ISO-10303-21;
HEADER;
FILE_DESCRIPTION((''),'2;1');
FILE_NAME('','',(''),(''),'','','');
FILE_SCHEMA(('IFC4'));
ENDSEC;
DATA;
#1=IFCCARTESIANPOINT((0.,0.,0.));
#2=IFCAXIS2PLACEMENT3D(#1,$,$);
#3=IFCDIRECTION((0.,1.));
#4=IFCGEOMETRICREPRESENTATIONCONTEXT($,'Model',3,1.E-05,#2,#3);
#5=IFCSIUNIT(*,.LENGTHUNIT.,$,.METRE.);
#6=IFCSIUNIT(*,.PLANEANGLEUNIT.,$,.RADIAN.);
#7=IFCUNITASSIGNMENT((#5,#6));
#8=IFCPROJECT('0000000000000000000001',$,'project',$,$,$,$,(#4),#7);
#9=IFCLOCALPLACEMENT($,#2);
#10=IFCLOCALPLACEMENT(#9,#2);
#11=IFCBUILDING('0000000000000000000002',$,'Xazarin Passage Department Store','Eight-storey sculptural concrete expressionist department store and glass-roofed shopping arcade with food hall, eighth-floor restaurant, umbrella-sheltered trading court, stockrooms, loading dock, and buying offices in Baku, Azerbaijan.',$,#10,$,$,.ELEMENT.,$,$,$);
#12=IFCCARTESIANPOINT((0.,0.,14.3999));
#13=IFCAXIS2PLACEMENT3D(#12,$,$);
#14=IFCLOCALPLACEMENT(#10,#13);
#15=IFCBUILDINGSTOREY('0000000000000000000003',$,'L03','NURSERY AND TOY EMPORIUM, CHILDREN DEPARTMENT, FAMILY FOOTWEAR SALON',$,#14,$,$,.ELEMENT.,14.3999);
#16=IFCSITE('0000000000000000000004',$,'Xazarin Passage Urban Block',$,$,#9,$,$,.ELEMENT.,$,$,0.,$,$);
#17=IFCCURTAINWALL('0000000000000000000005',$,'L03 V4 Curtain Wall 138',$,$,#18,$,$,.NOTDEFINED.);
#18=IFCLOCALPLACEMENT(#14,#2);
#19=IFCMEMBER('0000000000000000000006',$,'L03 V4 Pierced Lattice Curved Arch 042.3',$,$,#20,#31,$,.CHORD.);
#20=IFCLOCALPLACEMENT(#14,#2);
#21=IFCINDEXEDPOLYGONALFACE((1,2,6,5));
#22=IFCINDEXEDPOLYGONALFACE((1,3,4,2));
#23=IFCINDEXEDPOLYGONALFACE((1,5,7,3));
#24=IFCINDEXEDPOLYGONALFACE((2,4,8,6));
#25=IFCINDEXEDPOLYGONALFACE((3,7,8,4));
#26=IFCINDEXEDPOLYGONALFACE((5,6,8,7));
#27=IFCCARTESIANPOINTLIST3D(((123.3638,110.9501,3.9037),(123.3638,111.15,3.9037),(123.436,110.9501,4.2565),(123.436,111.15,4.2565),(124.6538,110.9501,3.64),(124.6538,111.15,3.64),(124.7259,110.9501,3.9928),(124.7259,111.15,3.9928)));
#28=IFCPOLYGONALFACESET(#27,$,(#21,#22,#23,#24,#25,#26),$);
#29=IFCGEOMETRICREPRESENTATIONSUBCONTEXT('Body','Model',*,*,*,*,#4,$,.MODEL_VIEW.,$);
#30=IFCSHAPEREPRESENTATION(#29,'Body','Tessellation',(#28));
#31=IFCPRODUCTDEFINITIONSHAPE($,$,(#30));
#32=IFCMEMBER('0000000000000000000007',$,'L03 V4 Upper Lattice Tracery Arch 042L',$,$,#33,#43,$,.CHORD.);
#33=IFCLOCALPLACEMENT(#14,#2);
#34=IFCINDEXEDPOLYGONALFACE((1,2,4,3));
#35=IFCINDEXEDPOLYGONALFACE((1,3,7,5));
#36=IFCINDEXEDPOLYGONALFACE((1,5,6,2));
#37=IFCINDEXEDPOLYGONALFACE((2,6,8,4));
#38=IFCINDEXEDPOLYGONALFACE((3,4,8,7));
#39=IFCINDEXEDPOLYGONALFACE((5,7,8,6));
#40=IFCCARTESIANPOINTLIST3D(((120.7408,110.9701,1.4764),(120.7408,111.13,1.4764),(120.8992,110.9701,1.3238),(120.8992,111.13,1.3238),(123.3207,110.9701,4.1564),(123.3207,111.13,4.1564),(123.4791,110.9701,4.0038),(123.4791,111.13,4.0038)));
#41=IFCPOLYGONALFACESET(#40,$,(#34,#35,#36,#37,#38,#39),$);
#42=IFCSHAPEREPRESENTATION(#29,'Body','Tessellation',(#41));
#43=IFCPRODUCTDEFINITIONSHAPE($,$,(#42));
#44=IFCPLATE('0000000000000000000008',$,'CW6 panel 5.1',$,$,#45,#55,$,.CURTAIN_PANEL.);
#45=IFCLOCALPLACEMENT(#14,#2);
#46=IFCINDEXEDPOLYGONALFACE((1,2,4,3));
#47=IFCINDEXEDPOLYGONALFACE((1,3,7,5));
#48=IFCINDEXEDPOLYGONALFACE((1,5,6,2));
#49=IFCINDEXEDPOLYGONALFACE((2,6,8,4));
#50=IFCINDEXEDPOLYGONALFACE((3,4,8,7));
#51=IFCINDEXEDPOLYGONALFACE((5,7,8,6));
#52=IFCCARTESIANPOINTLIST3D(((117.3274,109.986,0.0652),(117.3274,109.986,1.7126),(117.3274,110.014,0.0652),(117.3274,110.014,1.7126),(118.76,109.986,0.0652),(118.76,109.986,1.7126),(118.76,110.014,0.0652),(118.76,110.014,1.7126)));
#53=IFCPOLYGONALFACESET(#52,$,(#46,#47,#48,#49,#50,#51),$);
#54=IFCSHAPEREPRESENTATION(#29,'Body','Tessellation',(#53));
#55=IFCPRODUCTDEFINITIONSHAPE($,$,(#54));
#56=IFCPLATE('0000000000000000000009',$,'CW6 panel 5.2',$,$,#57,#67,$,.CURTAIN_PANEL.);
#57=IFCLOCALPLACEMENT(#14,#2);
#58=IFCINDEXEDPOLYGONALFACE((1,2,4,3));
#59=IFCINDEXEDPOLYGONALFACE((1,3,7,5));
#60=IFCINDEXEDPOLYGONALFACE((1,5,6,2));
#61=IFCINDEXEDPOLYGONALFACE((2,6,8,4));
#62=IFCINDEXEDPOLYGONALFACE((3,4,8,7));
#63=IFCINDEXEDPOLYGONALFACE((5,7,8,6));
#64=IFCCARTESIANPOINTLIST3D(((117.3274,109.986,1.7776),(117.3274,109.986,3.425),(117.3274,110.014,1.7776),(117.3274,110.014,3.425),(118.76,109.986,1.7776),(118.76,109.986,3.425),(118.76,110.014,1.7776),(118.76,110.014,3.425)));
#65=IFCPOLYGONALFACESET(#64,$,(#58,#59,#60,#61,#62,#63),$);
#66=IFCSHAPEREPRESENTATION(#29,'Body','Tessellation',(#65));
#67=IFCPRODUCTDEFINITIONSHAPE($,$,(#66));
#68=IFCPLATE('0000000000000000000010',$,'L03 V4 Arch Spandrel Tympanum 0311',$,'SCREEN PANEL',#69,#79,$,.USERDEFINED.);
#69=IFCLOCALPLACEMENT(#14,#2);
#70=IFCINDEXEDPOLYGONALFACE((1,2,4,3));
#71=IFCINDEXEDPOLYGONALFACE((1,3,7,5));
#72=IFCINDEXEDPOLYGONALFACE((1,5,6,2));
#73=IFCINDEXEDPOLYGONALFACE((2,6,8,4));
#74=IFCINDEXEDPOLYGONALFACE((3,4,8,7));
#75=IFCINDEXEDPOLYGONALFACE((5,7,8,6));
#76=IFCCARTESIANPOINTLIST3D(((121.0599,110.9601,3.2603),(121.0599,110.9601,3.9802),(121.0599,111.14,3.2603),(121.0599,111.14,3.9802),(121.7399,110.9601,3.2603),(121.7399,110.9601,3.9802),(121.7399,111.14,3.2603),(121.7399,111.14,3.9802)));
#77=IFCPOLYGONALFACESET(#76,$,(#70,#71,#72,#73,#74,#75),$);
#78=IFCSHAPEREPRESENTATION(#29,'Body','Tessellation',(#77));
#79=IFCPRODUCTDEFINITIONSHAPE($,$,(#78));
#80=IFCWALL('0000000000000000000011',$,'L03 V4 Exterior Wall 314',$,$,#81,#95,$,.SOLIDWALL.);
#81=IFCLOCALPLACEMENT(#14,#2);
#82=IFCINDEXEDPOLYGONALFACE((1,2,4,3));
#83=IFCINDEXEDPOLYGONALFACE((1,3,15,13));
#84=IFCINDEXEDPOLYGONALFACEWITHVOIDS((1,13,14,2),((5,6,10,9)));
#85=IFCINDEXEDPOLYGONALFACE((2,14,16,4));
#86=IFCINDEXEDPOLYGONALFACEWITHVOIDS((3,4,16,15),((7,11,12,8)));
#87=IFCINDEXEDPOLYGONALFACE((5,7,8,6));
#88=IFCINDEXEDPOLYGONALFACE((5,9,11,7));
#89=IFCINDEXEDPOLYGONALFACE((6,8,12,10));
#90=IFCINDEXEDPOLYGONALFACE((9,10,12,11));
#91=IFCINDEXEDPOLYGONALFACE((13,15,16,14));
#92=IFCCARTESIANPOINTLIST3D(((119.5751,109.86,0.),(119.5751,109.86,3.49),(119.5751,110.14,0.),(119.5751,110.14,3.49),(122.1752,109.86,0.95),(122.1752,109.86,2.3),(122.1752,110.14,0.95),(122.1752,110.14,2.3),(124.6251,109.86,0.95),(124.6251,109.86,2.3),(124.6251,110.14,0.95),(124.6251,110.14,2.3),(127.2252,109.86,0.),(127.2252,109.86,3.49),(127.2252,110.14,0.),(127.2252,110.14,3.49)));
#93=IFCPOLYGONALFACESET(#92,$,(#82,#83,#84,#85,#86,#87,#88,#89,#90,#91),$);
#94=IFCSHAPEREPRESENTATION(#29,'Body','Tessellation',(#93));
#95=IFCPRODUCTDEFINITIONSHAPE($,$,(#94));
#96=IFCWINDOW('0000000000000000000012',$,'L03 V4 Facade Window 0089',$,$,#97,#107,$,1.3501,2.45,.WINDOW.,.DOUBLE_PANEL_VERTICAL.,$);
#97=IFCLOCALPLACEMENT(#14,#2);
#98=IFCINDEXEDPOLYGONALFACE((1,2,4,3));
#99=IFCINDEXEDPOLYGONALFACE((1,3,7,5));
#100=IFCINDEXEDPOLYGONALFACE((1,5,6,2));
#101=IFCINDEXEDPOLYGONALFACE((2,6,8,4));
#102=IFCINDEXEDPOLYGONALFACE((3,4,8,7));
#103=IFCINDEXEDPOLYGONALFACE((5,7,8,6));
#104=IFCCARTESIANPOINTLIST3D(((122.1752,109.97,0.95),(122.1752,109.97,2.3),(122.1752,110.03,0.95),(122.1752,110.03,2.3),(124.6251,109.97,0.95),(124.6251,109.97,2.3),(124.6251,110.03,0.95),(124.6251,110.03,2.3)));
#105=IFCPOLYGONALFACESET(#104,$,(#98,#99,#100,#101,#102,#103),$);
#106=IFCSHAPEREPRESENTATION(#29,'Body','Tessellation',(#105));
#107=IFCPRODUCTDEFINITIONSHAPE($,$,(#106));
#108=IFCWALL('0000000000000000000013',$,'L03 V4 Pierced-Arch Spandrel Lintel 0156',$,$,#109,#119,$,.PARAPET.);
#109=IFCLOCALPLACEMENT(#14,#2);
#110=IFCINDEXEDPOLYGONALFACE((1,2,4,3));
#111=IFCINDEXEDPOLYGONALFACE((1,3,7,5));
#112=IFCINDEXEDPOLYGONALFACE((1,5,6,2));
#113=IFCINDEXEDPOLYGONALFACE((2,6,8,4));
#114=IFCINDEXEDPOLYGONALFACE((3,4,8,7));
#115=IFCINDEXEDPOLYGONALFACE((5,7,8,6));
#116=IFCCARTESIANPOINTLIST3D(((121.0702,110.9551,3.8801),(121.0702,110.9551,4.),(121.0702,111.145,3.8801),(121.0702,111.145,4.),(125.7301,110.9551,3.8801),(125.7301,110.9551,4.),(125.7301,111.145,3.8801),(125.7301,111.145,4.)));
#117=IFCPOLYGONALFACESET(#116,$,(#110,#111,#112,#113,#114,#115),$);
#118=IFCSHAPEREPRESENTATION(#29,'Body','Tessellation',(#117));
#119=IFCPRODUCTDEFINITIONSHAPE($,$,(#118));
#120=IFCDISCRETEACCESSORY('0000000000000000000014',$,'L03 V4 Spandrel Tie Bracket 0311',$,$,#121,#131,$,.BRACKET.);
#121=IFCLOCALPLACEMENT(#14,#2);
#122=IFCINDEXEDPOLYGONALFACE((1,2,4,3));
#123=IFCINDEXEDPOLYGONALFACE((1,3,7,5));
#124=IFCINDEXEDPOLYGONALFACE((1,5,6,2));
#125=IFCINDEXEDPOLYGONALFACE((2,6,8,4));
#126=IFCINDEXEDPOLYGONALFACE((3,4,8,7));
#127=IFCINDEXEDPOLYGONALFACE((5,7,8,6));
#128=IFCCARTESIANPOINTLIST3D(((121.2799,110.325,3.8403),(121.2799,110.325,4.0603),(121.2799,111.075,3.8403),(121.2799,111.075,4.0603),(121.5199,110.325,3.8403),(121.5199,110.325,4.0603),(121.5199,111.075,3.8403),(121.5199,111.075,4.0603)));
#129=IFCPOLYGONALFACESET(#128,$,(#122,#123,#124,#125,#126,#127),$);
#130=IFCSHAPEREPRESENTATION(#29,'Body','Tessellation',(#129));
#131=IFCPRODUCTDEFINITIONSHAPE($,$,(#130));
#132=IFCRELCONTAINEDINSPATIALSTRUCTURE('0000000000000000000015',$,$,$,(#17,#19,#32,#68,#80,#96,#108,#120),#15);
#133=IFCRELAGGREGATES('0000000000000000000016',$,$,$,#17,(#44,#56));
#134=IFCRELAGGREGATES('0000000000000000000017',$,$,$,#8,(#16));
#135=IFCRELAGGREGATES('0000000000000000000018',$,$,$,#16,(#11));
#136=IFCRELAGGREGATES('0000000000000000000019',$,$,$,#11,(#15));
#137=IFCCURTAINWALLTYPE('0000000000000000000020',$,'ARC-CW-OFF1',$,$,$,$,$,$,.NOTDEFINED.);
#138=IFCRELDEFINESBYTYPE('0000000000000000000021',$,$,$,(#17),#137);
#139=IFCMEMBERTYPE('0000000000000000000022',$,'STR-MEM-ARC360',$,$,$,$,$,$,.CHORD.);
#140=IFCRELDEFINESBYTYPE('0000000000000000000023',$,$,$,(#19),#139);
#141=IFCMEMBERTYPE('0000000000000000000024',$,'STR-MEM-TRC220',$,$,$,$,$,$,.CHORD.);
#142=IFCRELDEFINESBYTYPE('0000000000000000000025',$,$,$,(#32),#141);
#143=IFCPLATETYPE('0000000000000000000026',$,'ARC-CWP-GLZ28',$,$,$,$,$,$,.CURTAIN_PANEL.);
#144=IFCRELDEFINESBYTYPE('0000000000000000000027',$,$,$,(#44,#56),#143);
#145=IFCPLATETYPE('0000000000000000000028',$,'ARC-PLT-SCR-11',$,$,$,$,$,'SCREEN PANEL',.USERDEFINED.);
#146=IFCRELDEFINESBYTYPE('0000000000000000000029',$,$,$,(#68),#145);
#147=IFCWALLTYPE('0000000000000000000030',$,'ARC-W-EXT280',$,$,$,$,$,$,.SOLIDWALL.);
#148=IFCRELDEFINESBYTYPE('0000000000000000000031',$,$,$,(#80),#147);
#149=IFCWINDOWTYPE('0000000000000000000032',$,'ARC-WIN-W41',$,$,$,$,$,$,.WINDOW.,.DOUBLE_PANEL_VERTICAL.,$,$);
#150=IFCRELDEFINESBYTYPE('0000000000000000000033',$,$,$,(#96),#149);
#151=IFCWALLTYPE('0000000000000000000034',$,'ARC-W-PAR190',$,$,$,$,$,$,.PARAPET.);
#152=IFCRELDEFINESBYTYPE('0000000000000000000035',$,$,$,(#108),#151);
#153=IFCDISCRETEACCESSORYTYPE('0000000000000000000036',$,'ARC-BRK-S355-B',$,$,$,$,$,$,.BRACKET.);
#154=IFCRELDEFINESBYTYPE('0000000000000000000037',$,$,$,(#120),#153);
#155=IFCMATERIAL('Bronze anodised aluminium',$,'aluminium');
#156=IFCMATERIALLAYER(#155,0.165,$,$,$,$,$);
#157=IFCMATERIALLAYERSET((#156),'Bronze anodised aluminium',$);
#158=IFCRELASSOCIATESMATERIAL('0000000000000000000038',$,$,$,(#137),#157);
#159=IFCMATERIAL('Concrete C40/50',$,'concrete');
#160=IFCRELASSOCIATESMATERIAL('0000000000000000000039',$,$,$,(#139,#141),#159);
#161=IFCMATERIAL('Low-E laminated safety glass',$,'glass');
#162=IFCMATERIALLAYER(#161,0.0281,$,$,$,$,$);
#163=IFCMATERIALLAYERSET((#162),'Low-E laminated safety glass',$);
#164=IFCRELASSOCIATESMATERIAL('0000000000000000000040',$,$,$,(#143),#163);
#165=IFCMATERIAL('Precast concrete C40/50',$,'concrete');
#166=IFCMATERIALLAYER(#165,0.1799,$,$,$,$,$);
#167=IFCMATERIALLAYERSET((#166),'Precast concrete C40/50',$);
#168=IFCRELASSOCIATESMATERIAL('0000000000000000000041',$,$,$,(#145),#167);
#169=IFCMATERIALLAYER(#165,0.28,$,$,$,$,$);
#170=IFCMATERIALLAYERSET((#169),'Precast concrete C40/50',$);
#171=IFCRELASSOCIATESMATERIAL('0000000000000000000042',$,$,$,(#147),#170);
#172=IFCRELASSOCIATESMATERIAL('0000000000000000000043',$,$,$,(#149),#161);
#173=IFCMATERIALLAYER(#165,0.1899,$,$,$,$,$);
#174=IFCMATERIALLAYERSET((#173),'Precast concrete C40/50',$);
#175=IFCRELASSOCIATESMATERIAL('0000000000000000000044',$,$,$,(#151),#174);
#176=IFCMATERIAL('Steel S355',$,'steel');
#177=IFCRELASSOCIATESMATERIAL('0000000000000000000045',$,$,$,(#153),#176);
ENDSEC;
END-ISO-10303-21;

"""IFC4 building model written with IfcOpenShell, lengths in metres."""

from ifc_helpers import new_model, si_unit, direction, frame, frame_2d, origin, origin_2d, place, context, subcontext, project, spatial, rectangle, extrude, material, layer, layer_set, material_profile, profile_set, type_object, element, fill, aggregate, save


model = new_model("IFC4")

# Units and contexts
model_context = context("Model", 3, precision=1e-05, world=origin(), true_north=direction((0.0, 1.0)))
body_context = subcontext(model_context, "Body", "Model", "MODEL_VIEW")
ifc_project = project(units=[si_unit("LENGTHUNIT", "METRE"), si_unit("PLANEANGLEUNIT", "RADIAN")], contexts=[model_context])

# Site, building, storey
site_placement = place(None, origin())
site = spatial("IfcSite", under=ifc_project, at=site_placement, Name="Xazarin Passage Urban Block", CompositionType="ELEMENT", RefElevation=0.0)
building_placement = place(site_placement, origin())
building = spatial("IfcBuilding", under=site, at=building_placement, Name="Xazarin Passage Department Store", Description="Eight-storey sculptural concrete expressionist department store and glass-roofed shopping arcade with food hall, eighth-floor restaurant, umbrella-sheltered trading court, stockrooms, loading dock, and buying offices in Baku, Azerbaijan.", CompositionType="ELEMENT")
storey_placement = place(building_placement, frame((0.0, 0.0, 14.3999)))
storey = spatial("IfcBuildingStorey", under=building, at=storey_placement, Name="L03", Description="NURSERY AND TOY EMPORIUM, CHILDREN DEPARTMENT, FAMILY FOOTWEAR SALON", CompositionType="ELEMENT", Elevation=14.3999)

# Shared definitions
ifc_material_1 = material(Name="Concrete C40/50", Category="concrete")

# Curtain wall
ifc_material_2 = material(Name="Bronze anodised aluminium", Category="aluminium")
ifc_layer_1 = layer(ifc_material_2, 0.165)
ifc_layer_set_1 = layer_set([ifc_layer_1], Name="Bronze anodised aluminium")
curtain_wall_type = type_object("IfcCurtainWallType", Name="ARC-CW-OFF1", PredefinedType="NOTDEFINED", material=ifc_layer_set_1)
curtain_wall_placement = place(storey_placement, origin())
curtain_wall = element("IfcCurtainWall", 1, at=curtain_wall_placement, inside=storey, type_object=curtain_wall_type, Name="L03 V4 Curtain Wall 138", PredefinedType="NOTDEFINED")

# Members
ifc_material_profile_1 = material_profile(ifc_material_1, rectangle(XDim=0.2, YDim=0.3601, at=origin_2d()), Name="RC 200x360")
ifc_profile_set_1 = profile_set([ifc_material_profile_1], Name="Concrete C40/50")
member_type_1 = type_object("IfcMemberType", Name="STR-MEM-ARC360", PredefinedType="CHORD", material=ifc_profile_set_1)
member_1_placement = place(storey_placement, frame((123.3999, 111.05, 4.0801), z_axis=(0.979745, 0.0, -0.200251), x_axis=(0.0, 1.0, 0.0)))
element("IfcMember", 2, at=member_1_placement, inside=storey, type_object=member_type_1, Name="L03 V4 Pierced Lattice Curved Arch 042.3", PredefinedType="CHORD", context=body_context, shape_type="SweptSolid", body=[
    extrude(rectangle(XDim=0.2, YDim=0.3601, at=origin_2d()), origin(), (0.0, 0.0, 1.0), 1.3167),
])
ifc_material_profile_2 = material_profile(ifc_material_1, rectangle(XDim=0.1599, YDim=0.22, at=origin_2d()), Name="RC 160x220")
ifc_profile_set_2 = profile_set([ifc_material_profile_2], Name="Concrete C40/50")
member_type_2 = type_object("IfcMemberType", Name="STR-MEM-TRC220", PredefinedType="CHORD", material=ifc_profile_set_2)
member_2_placement = place(storey_placement, frame((123.3999, 111.05, 4.0801), z_axis=(-0.693524, 0.0, -0.720433), x_axis=(0.0, -1.0, 0.0)))
element("IfcMember", 3, at=member_2_placement, inside=storey, type_object=member_type_2, Name="L03 V4 Upper Lattice Tracery Arch 042L", PredefinedType="CHORD", context=body_context, shape_type="SweptSolid", body=[
    extrude(rectangle(XDim=0.1599, YDim=0.22, at=origin_2d()), origin(), (0.0, 0.0, 1.0), 3.72),
])

# Plates
ifc_material_3 = material(Name="Low-E laminated safety glass", Category="glass")
ifc_layer_2 = layer(ifc_material_3, 0.0281)
ifc_layer_set_2 = layer_set([ifc_layer_2], Name="Low-E laminated safety glass")
plate_type_1 = type_object("IfcPlateType", Name="ARC-CWP-GLZ28", PredefinedType="CURTAIN_PANEL", material=ifc_layer_set_2)
plate_1_placement = place(storey_placement, frame((118.0437, 110.0, 0.0652), z_axis=(0.0, 0.0, 1.0), x_axis=(1.0, 0.0, 0.0)))
plate_1 = element("IfcPlate", 4, at=plate_1_placement, type_object=plate_type_1, Name="CW6 panel 5.1", PredefinedType="CURTAIN_PANEL", context=body_context, shape_type="SweptSolid", body=[
    extrude(rectangle(XDim=1.4326, YDim=0.0281, at=origin_2d()), origin(), (0.0, 0.0, 1.0), 1.6475),
])
plate_2_placement = place(storey_placement, frame((118.0437, 110.0, 1.7776), z_axis=(0.0, 0.0, 1.0), x_axis=(1.0, 0.0, 0.0)))
plate_2 = element("IfcPlate", 5, at=plate_2_placement, type_object=plate_type_1, Name="CW6 panel 5.2", PredefinedType="CURTAIN_PANEL", context=body_context, shape_type="SweptSolid", body=[
    extrude(rectangle(XDim=1.4326, YDim=0.0281, at=origin_2d()), origin(), (0.0, 0.0, 1.0), 1.6475),
])
aggregate(curtain_wall, [plate_1, plate_2])
ifc_material_4 = material(Name="Precast concrete C40/50", Category="concrete")
ifc_layer_3 = layer(ifc_material_4, 0.1799)
ifc_layer_set_3 = layer_set([ifc_layer_3], Name="Precast concrete C40/50")
plate_type_2 = type_object("IfcPlateType", Name="ARC-PLT-SCR-11", ElementType="SCREEN PANEL", PredefinedType="USERDEFINED", material=ifc_layer_set_3)
plate_3_placement = place(storey_placement, frame((121.3999, 111.05, 3.2603), z_axis=(0.0, 0.0, 1.0), x_axis=(1.0, 0.0, 0.0)))
element("IfcPlate", 6, at=plate_3_placement, inside=storey, type_object=plate_type_2, Name="L03 V4 Arch Spandrel Tympanum 0311", ObjectType="SCREEN PANEL", PredefinedType="USERDEFINED", context=body_context, shape_type="SweptSolid", body=[
    extrude(rectangle(XDim=0.6799, YDim=0.1799, at=origin_2d()), origin(), (0.0, 0.0, 1.0), 0.72),
])

# Wall, opening, window
ifc_layer_4 = layer(ifc_material_4, 0.28)
ifc_layer_set_4 = layer_set([ifc_layer_4], Name="Precast concrete C40/50")
wall_type_1 = type_object("IfcWallType", Name="ARC-W-EXT280", PredefinedType="SOLIDWALL", material=ifc_layer_set_4)
wall_1_placement = place(storey_placement, frame((119.575, 110.0, 0.0), z_axis=(0.0, 0.0, 1.0), x_axis=(1.0, 0.0, 0.0)))
wall_1 = element("IfcWall", 7, at=wall_1_placement, inside=storey, type_object=wall_type_1, Name="L03 V4 Exterior Wall 314", PredefinedType="SOLIDWALL", context=body_context, shape_type="SweptSolid", body=[
    extrude(rectangle(XDim=7.6501, YDim=0.28, at=frame_2d((3.8252, 0.0))), origin(), (0.0, 0.0, 1.0), 3.49),
])
opening_placement = place(wall_1_placement, frame((2.6001, 0.0, 0.95)))
opening = element("IfcOpeningElement", 8, at=opening_placement, cuts=wall_1, PredefinedType="OPENING", context=body_context, shape_type="SweptSolid", body=[
    extrude(rectangle(XDim=2.45, YDim=1.3501, at=frame_2d((1.2251, 0.675))), frame((0.0, 0.1499, 0.0), z_axis=(0.0, -1.0, 0.0), x_axis=(1.0, 0.0, 0.0)), (0.0, 0.0, 1.0), 0.3),
])
window_type = type_object("IfcWindowType", Name="ARC-WIN-W41", PartitioningType="DOUBLE_PANEL_VERTICAL", PredefinedType="WINDOW", material=ifc_material_3)
window_placement = place(opening_placement, origin())
window = element("IfcWindow", 9, at=window_placement, inside=storey, type_object=window_type, Name="L03 V4 Facade Window 0089", OverallHeight=1.3501, OverallWidth=2.45, PartitioningType="DOUBLE_PANEL_VERTICAL", PredefinedType="WINDOW", context=body_context, shape_type="SweptSolid", body=[
    extrude(rectangle(XDim=2.45, YDim=1.3501, at=frame_2d((1.2251, 0.675))), frame((0.0, 0.03, 0.0), z_axis=(0.0, -1.0, 0.0), x_axis=(1.0, 0.0, 0.0)), (0.0, 0.0, 1.0), 0.0601),
])
fill(opening, window)

# Wall
ifc_layer_5 = layer(ifc_material_4, 0.1899)
ifc_layer_set_5 = layer_set([ifc_layer_5], Name="Precast concrete C40/50")
wall_type_2 = type_object("IfcWallType", Name="ARC-W-PAR190", PredefinedType="PARAPET", material=ifc_layer_set_5)
wall_2_placement = place(storey_placement, frame((121.0701, 111.05, 3.8801), z_axis=(0.0, 0.0, 1.0), x_axis=(1.0, 0.0, 0.0)))
element("IfcWall", 10, at=wall_2_placement, inside=storey, type_object=wall_type_2, Name="L03 V4 Pierced-Arch Spandrel Lintel 0156", PredefinedType="PARAPET", context=body_context, shape_type="SweptSolid", body=[
    extrude(rectangle(XDim=4.6599, YDim=0.1899, at=frame_2d((2.3301, 0.0))), origin(), (0.0, 0.0, 1.0), 0.1199),
])

# Discrete accessory
ifc_material_5 = material(Name="Steel S355", Category="steel")
discrete_accessory_type = type_object("IfcDiscreteAccessoryType", Name="ARC-BRK-S355-B", PredefinedType="BRACKET", material=ifc_material_5)
discrete_accessory_placement = place(storey_placement, frame((121.3999, 110.7, 3.8403), z_axis=(0.0, 0.0, 1.0), x_axis=(1.0, 0.0, 0.0)))
element("IfcDiscreteAccessory", 11, at=discrete_accessory_placement, inside=storey, type_object=discrete_accessory_type, Name="L03 V4 Spandrel Tie Bracket 0311", PredefinedType="BRACKET", context=body_context, shape_type="SweptSolid", body=[
    extrude(rectangle(XDim=0.24, YDim=0.75, at=origin_2d()), origin(), (0.0, 0.0, 1.0), 0.22),
])

save(model, "model.ifc")
